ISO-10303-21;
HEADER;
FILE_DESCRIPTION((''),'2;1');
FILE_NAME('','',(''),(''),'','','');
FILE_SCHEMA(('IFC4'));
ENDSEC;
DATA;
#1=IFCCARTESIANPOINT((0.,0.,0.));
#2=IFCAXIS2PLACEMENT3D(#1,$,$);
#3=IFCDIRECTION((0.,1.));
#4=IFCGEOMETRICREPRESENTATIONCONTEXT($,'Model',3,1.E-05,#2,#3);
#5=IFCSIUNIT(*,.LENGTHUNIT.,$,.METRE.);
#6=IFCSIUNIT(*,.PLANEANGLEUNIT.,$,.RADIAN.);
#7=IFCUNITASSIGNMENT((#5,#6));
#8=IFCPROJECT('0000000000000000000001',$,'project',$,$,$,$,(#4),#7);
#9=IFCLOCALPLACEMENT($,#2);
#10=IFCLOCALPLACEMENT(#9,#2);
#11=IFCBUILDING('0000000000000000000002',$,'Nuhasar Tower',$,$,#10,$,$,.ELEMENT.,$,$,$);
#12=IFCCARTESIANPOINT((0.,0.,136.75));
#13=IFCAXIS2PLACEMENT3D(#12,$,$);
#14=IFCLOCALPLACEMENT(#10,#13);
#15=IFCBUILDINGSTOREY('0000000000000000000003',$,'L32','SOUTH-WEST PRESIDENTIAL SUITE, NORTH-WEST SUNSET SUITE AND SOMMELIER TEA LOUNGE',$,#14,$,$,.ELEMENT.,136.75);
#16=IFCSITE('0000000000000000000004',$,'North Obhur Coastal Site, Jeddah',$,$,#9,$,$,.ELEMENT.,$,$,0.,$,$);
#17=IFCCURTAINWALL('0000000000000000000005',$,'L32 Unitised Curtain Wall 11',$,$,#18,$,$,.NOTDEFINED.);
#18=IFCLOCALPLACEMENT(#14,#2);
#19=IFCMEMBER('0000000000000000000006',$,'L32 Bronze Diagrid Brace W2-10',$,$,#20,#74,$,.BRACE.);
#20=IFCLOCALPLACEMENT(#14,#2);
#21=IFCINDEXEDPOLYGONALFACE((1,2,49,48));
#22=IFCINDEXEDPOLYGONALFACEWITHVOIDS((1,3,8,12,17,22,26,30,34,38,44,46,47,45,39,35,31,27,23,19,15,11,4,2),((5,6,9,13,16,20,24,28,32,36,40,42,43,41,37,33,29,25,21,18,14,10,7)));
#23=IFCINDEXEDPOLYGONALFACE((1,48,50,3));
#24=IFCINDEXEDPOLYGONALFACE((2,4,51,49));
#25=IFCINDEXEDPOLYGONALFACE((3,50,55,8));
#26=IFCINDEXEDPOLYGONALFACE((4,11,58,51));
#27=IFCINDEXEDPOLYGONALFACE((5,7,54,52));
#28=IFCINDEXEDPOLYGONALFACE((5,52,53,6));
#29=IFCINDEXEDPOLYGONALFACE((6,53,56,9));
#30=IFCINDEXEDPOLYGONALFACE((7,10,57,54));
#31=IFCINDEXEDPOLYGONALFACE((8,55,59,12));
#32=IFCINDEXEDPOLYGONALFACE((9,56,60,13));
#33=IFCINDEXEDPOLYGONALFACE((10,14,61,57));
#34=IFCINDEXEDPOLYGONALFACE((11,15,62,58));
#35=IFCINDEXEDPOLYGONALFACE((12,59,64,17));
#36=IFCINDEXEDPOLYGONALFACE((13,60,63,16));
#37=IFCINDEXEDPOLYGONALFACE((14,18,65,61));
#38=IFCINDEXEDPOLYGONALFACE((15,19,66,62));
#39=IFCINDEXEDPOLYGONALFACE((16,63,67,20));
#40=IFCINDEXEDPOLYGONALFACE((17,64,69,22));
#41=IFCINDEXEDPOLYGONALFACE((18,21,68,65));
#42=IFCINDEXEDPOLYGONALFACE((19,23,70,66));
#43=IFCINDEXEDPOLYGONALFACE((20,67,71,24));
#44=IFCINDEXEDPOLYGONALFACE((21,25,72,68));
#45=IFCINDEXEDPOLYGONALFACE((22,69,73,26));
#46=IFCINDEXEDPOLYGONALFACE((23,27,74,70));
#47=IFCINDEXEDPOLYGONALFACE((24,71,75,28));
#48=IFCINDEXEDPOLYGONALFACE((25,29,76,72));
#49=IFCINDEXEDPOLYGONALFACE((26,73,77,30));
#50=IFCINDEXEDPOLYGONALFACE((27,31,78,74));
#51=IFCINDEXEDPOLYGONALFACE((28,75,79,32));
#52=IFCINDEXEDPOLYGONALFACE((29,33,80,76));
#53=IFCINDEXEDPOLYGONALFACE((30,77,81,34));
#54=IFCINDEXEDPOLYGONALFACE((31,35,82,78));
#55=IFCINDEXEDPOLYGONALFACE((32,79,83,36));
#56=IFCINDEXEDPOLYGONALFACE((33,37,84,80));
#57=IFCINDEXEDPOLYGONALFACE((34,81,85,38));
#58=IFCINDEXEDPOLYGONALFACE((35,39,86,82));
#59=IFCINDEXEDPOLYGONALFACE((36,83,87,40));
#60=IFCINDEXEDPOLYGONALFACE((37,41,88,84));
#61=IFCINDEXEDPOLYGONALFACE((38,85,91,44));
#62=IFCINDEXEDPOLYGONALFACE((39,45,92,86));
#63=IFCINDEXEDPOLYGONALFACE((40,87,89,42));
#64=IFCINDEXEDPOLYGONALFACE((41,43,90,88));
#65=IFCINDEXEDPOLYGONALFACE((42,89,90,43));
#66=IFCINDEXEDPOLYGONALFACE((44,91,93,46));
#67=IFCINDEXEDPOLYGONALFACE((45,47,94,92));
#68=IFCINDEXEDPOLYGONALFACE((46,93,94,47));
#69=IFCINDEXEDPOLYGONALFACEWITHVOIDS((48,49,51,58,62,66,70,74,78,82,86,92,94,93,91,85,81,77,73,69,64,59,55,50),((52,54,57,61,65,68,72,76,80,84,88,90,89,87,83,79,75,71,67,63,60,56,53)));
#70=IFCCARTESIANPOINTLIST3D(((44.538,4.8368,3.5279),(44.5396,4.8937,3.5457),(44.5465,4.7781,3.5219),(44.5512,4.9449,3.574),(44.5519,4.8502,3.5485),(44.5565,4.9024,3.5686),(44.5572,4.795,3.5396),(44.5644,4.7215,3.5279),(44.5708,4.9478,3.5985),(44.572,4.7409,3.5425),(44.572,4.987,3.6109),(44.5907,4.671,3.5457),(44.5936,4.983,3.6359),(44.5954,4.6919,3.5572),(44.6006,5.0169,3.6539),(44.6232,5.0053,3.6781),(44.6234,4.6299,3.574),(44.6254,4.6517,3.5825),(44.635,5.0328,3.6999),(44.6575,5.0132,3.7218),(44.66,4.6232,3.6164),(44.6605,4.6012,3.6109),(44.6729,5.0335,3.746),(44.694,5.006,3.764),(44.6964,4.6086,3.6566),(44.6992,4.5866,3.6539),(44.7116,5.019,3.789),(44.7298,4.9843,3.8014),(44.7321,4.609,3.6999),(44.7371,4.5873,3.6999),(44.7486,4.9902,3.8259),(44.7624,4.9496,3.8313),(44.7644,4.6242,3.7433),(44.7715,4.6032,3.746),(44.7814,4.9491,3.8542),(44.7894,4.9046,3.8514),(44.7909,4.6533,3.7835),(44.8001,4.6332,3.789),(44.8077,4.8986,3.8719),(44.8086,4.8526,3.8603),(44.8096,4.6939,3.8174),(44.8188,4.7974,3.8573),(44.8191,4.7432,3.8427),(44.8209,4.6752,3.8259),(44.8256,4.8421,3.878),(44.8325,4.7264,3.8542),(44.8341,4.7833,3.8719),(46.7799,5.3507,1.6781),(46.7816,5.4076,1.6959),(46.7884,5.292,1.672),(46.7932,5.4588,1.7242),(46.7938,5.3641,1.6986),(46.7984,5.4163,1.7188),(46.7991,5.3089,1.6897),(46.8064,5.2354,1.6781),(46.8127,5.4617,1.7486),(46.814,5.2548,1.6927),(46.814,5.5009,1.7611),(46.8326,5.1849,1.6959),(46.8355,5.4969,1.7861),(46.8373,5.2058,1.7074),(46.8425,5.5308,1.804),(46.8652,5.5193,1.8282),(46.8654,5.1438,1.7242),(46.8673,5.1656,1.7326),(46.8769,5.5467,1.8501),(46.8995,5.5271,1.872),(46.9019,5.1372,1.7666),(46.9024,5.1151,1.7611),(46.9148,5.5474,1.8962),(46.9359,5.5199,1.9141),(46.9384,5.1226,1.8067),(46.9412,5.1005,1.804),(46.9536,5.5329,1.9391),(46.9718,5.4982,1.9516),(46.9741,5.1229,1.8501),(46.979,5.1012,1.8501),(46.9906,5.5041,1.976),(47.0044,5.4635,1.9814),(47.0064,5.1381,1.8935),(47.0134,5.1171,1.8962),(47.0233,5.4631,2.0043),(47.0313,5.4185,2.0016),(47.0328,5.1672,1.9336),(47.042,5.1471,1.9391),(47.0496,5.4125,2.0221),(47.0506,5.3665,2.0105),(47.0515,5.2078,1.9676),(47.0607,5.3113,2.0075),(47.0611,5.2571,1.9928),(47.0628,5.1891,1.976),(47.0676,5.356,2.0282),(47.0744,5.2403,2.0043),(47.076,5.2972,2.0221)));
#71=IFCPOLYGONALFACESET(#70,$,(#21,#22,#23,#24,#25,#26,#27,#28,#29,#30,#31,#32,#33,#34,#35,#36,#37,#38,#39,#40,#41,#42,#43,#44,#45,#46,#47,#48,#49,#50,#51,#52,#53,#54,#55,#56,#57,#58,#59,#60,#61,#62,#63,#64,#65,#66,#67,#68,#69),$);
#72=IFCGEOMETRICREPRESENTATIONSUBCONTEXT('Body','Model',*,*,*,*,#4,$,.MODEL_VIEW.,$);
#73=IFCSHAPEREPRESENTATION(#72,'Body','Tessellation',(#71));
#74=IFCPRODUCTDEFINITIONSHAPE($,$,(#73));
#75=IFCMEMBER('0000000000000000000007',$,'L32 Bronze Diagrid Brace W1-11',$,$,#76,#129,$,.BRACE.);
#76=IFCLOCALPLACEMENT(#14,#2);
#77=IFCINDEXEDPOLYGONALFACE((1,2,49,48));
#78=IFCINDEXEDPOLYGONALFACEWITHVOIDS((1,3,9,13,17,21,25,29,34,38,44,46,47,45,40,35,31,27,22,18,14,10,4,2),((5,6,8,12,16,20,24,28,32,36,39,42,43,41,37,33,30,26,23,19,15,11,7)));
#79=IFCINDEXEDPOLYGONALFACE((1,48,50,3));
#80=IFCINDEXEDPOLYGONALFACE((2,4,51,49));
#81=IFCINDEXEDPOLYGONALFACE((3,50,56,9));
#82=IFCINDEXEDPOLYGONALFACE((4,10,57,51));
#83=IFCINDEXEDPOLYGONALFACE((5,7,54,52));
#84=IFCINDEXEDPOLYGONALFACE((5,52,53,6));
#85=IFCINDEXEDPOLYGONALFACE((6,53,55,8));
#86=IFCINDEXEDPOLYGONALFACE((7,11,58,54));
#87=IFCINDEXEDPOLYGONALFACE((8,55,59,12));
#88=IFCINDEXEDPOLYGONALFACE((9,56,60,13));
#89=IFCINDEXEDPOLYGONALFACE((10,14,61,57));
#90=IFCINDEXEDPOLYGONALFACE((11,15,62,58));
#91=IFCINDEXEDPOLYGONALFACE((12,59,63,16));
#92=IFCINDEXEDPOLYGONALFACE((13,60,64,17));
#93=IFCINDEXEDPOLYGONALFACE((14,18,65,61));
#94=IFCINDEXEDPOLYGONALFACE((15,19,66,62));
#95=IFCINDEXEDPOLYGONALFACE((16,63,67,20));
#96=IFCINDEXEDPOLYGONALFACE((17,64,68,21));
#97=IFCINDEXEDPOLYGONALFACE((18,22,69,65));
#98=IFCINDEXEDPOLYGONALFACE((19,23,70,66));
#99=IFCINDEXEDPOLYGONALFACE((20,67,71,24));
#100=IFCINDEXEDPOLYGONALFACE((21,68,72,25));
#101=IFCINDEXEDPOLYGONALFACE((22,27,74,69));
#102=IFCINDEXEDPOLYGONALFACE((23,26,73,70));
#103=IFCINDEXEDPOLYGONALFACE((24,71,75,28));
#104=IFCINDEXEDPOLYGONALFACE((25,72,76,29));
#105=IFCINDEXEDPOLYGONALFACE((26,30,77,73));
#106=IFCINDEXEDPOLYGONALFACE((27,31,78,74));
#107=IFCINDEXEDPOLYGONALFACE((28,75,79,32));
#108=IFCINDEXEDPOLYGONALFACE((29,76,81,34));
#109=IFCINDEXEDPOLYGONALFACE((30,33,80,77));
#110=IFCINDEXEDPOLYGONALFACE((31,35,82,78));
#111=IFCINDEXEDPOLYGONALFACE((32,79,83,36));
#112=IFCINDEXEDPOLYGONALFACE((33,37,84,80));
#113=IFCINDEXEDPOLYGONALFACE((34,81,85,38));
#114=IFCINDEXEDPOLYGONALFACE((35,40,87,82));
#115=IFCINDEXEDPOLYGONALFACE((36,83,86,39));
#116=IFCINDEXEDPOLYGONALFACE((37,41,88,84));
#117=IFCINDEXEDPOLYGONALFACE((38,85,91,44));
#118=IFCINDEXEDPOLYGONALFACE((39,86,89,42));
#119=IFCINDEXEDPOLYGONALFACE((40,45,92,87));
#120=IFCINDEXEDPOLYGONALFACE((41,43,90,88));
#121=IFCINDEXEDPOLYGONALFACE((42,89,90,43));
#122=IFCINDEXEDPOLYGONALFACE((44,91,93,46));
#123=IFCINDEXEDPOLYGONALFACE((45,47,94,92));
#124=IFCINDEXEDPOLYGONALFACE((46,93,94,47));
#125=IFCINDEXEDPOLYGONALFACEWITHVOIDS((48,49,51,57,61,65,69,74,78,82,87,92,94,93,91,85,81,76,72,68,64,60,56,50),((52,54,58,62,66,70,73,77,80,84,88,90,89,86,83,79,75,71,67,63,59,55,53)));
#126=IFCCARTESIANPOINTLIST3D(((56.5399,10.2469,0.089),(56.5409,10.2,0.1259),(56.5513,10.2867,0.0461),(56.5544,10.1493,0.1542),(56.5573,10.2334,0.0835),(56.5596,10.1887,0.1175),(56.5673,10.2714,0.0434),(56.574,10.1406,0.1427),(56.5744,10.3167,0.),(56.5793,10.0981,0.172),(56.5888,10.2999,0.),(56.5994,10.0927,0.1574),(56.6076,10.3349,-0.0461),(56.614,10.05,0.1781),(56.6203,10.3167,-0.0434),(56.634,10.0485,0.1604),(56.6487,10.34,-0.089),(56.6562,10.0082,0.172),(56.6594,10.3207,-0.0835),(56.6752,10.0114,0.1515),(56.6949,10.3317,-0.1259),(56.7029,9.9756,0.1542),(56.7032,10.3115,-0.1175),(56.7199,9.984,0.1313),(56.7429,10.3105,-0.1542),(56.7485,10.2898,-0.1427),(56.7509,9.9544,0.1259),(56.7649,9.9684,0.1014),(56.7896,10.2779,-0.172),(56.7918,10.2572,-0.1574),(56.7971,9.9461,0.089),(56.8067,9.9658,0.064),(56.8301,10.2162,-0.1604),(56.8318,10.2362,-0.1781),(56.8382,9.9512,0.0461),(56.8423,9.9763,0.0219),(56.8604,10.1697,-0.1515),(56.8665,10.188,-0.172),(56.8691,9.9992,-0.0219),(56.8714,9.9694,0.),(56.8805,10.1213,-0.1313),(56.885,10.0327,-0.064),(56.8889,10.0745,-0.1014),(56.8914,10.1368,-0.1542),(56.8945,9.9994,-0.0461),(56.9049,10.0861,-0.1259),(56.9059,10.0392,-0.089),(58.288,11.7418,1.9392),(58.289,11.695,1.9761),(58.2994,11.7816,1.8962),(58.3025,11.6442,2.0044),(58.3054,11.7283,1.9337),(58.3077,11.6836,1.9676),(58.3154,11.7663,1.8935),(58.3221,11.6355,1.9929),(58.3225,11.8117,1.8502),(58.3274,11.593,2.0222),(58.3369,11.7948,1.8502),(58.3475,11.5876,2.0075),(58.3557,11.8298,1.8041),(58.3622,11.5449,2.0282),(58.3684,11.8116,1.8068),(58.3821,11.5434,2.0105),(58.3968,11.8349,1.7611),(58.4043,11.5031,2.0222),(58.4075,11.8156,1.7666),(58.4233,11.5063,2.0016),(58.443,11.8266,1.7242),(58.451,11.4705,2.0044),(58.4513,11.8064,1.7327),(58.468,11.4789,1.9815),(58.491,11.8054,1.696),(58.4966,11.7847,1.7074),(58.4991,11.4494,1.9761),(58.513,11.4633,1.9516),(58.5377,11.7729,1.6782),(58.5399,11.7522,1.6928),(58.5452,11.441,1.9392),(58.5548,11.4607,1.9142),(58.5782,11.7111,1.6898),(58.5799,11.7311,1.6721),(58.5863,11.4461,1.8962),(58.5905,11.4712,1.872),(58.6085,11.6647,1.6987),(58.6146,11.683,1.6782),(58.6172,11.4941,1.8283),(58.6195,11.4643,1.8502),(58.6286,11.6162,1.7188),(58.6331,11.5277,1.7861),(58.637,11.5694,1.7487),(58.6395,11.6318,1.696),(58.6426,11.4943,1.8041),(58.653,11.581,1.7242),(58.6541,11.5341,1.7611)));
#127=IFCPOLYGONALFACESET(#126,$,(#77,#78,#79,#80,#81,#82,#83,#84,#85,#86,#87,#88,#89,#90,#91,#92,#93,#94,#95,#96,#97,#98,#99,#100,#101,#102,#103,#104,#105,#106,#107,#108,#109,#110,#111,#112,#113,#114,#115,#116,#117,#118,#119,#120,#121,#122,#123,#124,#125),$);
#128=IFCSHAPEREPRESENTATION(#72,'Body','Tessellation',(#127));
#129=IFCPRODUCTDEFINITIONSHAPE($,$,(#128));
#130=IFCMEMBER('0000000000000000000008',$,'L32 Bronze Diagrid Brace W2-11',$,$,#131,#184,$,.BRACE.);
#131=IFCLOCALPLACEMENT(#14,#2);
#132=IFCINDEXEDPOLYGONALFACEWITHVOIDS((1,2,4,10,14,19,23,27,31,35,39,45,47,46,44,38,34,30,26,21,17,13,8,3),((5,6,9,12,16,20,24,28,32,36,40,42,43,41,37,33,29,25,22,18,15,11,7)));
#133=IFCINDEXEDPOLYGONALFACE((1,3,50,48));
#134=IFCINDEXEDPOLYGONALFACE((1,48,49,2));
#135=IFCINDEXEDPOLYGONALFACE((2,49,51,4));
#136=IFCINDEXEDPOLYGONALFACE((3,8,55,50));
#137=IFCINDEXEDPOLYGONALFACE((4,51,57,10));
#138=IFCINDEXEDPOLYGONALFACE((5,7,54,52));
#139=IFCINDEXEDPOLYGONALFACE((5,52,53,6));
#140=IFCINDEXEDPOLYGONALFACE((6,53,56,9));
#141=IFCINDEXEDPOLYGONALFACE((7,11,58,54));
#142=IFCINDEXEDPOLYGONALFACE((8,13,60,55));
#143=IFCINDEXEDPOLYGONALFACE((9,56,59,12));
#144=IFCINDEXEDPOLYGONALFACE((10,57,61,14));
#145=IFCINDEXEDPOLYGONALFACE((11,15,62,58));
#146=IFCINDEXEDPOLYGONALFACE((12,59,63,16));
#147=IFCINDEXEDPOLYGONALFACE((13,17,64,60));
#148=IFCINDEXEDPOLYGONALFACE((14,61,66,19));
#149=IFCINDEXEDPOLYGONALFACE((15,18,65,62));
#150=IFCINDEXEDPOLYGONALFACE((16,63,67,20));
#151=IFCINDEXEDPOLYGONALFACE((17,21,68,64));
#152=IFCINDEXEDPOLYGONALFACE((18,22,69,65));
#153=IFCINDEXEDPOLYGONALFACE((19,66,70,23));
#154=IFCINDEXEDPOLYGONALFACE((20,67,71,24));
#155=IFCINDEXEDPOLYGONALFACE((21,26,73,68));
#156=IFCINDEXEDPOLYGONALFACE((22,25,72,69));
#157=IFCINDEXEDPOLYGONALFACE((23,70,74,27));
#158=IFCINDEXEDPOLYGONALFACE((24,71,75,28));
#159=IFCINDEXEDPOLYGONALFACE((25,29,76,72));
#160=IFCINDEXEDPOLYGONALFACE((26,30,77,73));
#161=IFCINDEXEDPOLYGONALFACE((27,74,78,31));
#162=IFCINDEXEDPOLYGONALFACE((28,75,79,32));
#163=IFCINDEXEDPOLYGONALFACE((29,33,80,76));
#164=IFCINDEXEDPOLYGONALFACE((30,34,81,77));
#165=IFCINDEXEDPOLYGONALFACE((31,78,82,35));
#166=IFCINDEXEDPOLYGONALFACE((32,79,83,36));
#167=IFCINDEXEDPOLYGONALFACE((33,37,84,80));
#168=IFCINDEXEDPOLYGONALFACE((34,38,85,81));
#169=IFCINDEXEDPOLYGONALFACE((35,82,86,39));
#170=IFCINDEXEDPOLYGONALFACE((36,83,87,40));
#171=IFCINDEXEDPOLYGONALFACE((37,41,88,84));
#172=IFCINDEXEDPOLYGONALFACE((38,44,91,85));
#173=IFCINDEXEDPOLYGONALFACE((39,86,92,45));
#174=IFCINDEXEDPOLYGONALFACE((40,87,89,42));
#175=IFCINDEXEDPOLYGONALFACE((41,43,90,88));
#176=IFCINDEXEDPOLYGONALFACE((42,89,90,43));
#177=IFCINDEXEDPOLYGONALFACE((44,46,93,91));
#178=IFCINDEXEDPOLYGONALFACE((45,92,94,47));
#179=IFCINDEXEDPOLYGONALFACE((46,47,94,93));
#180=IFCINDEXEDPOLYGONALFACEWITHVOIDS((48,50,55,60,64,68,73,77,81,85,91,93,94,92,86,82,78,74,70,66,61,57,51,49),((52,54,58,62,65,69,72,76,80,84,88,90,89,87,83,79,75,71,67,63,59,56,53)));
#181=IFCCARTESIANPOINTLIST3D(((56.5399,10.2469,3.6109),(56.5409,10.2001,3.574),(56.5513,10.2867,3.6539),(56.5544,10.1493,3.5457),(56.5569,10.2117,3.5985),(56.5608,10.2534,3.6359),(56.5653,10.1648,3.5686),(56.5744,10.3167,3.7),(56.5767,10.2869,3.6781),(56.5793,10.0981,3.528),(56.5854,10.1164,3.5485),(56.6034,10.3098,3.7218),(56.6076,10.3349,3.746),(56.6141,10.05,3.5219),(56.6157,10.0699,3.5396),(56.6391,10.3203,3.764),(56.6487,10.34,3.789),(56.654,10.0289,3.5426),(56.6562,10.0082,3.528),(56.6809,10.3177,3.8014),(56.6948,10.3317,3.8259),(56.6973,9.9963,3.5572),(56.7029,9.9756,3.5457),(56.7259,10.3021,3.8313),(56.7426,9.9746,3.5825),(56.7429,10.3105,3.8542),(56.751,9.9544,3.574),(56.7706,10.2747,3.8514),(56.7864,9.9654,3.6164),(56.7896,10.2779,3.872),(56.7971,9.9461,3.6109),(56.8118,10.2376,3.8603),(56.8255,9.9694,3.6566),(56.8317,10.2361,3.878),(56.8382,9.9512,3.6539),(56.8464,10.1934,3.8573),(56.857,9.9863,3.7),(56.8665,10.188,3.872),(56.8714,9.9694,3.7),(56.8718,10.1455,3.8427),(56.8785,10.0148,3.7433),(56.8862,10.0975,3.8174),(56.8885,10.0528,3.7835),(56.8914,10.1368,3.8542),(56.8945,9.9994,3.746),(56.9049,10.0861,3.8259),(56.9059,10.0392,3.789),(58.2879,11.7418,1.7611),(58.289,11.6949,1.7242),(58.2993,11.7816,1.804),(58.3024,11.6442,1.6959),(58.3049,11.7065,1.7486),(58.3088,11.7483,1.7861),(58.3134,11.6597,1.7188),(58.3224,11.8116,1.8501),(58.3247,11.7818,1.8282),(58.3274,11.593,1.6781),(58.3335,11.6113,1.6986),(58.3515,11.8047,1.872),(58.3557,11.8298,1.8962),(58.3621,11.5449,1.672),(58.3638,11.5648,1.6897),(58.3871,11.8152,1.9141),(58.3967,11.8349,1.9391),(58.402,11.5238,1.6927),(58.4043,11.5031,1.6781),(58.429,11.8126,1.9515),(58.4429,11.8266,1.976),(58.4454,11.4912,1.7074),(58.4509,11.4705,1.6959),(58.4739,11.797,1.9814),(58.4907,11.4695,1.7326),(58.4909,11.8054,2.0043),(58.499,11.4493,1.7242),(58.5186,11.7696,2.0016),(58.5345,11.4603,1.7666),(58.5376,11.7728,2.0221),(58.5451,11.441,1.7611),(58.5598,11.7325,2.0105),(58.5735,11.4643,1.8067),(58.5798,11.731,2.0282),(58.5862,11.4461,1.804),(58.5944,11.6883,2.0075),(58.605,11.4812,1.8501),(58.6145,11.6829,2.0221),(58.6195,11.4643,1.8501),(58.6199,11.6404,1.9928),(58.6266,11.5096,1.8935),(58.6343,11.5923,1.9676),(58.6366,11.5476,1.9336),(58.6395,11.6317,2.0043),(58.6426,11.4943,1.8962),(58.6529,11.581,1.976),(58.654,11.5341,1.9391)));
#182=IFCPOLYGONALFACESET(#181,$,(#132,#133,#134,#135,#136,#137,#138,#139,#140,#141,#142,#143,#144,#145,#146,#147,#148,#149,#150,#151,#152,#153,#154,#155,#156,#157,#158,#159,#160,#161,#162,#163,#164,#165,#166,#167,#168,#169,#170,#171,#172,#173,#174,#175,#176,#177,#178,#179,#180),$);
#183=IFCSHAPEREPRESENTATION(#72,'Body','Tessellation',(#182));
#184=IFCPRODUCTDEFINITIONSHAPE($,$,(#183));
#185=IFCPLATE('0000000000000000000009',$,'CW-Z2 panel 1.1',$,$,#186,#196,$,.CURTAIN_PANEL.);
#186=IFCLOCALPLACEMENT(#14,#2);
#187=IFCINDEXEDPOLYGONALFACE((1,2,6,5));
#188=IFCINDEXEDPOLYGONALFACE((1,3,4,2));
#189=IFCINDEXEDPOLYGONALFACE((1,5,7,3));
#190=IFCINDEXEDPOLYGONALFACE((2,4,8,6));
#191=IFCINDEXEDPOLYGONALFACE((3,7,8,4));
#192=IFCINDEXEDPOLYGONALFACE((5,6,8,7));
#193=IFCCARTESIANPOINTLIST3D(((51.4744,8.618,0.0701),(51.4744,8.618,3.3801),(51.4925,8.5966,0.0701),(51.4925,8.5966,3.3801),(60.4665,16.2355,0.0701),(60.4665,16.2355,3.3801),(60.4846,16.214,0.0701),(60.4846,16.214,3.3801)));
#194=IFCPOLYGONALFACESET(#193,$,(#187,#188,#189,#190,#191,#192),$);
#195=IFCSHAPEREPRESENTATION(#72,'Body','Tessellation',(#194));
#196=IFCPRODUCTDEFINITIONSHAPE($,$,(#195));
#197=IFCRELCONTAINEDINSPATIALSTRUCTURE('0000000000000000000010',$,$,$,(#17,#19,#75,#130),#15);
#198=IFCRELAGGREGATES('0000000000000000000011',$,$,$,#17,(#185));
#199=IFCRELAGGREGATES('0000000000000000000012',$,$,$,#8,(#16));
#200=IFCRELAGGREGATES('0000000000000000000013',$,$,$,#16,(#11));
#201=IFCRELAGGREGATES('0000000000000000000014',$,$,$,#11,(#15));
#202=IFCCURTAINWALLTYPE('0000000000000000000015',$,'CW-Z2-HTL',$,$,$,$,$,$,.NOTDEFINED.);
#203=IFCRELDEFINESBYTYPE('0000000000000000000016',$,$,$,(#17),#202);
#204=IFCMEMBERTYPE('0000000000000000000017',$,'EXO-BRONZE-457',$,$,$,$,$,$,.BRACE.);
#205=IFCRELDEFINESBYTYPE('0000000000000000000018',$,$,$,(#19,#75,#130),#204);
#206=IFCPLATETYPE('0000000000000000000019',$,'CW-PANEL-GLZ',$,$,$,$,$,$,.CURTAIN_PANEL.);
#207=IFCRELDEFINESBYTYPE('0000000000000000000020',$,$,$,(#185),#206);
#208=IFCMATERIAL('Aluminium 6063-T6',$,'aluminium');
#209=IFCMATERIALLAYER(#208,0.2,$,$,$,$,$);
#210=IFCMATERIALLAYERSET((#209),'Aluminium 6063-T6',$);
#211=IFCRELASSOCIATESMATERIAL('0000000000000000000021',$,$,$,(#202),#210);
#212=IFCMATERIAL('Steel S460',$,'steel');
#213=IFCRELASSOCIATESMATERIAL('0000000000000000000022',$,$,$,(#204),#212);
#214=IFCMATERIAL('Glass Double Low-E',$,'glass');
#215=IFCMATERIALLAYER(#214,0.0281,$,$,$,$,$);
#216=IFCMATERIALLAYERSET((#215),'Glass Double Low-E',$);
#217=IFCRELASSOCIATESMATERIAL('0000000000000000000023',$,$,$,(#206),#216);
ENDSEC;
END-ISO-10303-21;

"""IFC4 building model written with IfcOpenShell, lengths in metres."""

from ifc_helpers import new_model, si_unit, direction, frame, origin, origin_2d, place, context, subcontext, project, spatial, rectangle, hollow_circle, extrude, material, layer, layer_set, material_profile, profile_set, type_object, element, aggregate, save


model = new_model("IFC4")

# Units and contexts
model_context = context("Model", 3, precision=1e-05, world=origin(), true_north=direction((0.0, 1.0)))
body_context = subcontext(model_context, "Body", "Model", "MODEL_VIEW")
ifc_project = project(units=[si_unit("LENGTHUNIT", "METRE"), si_unit("PLANEANGLEUNIT", "RADIAN")], contexts=[model_context])

# Site, building, storey
site_placement = place(None, origin())
site = spatial("IfcSite", under=ifc_project, at=site_placement, Name="North Obhur Coastal Site, Jeddah", CompositionType="ELEMENT", RefElevation=0.0)
building_placement = place(site_placement, origin())
building = spatial("IfcBuilding", under=site, at=building_placement, Name="Nuhasar Tower", CompositionType="ELEMENT")
storey_placement = place(building_placement, frame((0.0, 0.0, 136.75)))
storey = spatial("IfcBuildingStorey", under=building, at=storey_placement, Name="L32", Description="SOUTH-WEST PRESIDENTIAL SUITE, NORTH-WEST SUNSET SUITE AND SOMMELIER TEA LOUNGE", CompositionType="ELEMENT", Elevation=136.75)

# Shared definitions
ifc_material_1 = material(Name="Aluminium 6063-T6", Category="aluminium")
ifc_layer_1 = layer(ifc_material_1, 0.2)
ifc_layer_set_1 = layer_set([ifc_layer_1], Name="Aluminium 6063-T6")
curtain_wall_type = type_object("IfcCurtainWallType", Name="CW-Z2-HTL", PredefinedType="NOTDEFINED", material=ifc_layer_set_1)

# Curtain wall
curtain_wall_1_placement = place(storey_placement, origin())
curtain_wall_1 = element("IfcCurtainWall", 1, at=curtain_wall_1_placement, inside=storey, type_object=curtain_wall_type, Name="L32 Unitised Curtain Wall 11", PredefinedType="NOTDEFINED")

# Members
ifc_material_2 = material(Name="Steel S460", Category="steel")
ifc_material_profile_1 = material_profile(ifc_material_2, hollow_circle(Radius=0.2285, WallThickness=0.0222, at=origin_2d()), Name="HSS457X22.2")
ifc_profile_set_1 = profile_set([ifc_material_profile_1], Name="Steel S460")
member_type_1 = type_object("IfcMemberType", Name="EXO-BRONZE-457", PredefinedType="BRACE", material=ifc_profile_set_1)
member_1_placement = place(storey_placement, frame((46.928, 5.324, 1.8501), z_axis=(-0.75955, -0.17411, 0.626713), x_axis=(0.223433, -0.974719, 0.0)))
element("IfcMember", 2, at=member_1_placement, inside=storey, type_object=member_type_1, Name="L32 Bronze Diagrid Brace W2-10", PredefinedType="BRACE", context=body_context, shape_type="SweptSolid", body=[
    extrude(hollow_circle(Radius=0.2285, WallThickness=0.0222, at=origin_2d()), origin(), (0.0, 0.0, 1.0), 2.9517),
])
member_2_placement = place(storey_placement, frame((56.7229, 10.1431, 0.0), z_axis=(0.592195, 0.506426, 0.626767), x_axis=(-0.649926, 0.759998, 0.0)))
element("IfcMember", 3, at=member_2_placement, inside=storey, type_object=member_type_1, Name="L32 Bronze Diagrid Brace W1-11", PredefinedType="BRACE", context=body_context, shape_type="SweptSolid", body=[
    extrude(hollow_circle(Radius=0.2285, WallThickness=0.0222, at=origin_2d()), origin(), (0.0, 0.0, 1.0), 2.9519),
])
member_3_placement = place(storey_placement, frame((58.4709, 11.6379, 1.8501), z_axis=(-0.592226, -0.506452, 0.626717), x_axis=(0.649926, -0.759998, 0.0)))
element("IfcMember", 4, at=member_3_placement, inside=storey, type_object=member_type_1, Name="L32 Bronze Diagrid Brace W2-11", PredefinedType="BRACE", context=body_context, shape_type="SweptSolid", body=[
    extrude(hollow_circle(Radius=0.2285, WallThickness=0.0222, at=origin_2d()), origin(), (0.0, 0.0, 1.0), 2.9517),
])

# Plate
ifc_material_3 = material(Name="Glass Double Low-E", Category="glass")
ifc_layer_2 = layer(ifc_material_3, 0.0281)
ifc_layer_set_2 = layer_set([ifc_layer_2], Name="Glass Double Low-E")
plate_type = type_object("IfcPlateType", Name="CW-PANEL-GLZ", PredefinedType="CURTAIN_PANEL", material=ifc_layer_set_2)
plate_placement = place(storey_placement, frame((55.9795, 12.416, 0.0701), z_axis=(0.0, 0.0, 1.0), x_axis=(0.76302, 0.646374, 0.0)))
plate = element("IfcPlate", 5, at=plate_placement, type_object=plate_type, Name="CW-Z2 panel 1.1", PredefinedType="CURTAIN_PANEL", context=body_context, shape_type="SweptSolid", body=[
    extrude(rectangle(XDim=11.7849, YDim=0.0281, at=origin_2d()), origin(), (0.0, 0.0, 1.0), 3.3101),
])
aggregate(curtain_wall_1, [plate])

save(model, "model.ifc")
